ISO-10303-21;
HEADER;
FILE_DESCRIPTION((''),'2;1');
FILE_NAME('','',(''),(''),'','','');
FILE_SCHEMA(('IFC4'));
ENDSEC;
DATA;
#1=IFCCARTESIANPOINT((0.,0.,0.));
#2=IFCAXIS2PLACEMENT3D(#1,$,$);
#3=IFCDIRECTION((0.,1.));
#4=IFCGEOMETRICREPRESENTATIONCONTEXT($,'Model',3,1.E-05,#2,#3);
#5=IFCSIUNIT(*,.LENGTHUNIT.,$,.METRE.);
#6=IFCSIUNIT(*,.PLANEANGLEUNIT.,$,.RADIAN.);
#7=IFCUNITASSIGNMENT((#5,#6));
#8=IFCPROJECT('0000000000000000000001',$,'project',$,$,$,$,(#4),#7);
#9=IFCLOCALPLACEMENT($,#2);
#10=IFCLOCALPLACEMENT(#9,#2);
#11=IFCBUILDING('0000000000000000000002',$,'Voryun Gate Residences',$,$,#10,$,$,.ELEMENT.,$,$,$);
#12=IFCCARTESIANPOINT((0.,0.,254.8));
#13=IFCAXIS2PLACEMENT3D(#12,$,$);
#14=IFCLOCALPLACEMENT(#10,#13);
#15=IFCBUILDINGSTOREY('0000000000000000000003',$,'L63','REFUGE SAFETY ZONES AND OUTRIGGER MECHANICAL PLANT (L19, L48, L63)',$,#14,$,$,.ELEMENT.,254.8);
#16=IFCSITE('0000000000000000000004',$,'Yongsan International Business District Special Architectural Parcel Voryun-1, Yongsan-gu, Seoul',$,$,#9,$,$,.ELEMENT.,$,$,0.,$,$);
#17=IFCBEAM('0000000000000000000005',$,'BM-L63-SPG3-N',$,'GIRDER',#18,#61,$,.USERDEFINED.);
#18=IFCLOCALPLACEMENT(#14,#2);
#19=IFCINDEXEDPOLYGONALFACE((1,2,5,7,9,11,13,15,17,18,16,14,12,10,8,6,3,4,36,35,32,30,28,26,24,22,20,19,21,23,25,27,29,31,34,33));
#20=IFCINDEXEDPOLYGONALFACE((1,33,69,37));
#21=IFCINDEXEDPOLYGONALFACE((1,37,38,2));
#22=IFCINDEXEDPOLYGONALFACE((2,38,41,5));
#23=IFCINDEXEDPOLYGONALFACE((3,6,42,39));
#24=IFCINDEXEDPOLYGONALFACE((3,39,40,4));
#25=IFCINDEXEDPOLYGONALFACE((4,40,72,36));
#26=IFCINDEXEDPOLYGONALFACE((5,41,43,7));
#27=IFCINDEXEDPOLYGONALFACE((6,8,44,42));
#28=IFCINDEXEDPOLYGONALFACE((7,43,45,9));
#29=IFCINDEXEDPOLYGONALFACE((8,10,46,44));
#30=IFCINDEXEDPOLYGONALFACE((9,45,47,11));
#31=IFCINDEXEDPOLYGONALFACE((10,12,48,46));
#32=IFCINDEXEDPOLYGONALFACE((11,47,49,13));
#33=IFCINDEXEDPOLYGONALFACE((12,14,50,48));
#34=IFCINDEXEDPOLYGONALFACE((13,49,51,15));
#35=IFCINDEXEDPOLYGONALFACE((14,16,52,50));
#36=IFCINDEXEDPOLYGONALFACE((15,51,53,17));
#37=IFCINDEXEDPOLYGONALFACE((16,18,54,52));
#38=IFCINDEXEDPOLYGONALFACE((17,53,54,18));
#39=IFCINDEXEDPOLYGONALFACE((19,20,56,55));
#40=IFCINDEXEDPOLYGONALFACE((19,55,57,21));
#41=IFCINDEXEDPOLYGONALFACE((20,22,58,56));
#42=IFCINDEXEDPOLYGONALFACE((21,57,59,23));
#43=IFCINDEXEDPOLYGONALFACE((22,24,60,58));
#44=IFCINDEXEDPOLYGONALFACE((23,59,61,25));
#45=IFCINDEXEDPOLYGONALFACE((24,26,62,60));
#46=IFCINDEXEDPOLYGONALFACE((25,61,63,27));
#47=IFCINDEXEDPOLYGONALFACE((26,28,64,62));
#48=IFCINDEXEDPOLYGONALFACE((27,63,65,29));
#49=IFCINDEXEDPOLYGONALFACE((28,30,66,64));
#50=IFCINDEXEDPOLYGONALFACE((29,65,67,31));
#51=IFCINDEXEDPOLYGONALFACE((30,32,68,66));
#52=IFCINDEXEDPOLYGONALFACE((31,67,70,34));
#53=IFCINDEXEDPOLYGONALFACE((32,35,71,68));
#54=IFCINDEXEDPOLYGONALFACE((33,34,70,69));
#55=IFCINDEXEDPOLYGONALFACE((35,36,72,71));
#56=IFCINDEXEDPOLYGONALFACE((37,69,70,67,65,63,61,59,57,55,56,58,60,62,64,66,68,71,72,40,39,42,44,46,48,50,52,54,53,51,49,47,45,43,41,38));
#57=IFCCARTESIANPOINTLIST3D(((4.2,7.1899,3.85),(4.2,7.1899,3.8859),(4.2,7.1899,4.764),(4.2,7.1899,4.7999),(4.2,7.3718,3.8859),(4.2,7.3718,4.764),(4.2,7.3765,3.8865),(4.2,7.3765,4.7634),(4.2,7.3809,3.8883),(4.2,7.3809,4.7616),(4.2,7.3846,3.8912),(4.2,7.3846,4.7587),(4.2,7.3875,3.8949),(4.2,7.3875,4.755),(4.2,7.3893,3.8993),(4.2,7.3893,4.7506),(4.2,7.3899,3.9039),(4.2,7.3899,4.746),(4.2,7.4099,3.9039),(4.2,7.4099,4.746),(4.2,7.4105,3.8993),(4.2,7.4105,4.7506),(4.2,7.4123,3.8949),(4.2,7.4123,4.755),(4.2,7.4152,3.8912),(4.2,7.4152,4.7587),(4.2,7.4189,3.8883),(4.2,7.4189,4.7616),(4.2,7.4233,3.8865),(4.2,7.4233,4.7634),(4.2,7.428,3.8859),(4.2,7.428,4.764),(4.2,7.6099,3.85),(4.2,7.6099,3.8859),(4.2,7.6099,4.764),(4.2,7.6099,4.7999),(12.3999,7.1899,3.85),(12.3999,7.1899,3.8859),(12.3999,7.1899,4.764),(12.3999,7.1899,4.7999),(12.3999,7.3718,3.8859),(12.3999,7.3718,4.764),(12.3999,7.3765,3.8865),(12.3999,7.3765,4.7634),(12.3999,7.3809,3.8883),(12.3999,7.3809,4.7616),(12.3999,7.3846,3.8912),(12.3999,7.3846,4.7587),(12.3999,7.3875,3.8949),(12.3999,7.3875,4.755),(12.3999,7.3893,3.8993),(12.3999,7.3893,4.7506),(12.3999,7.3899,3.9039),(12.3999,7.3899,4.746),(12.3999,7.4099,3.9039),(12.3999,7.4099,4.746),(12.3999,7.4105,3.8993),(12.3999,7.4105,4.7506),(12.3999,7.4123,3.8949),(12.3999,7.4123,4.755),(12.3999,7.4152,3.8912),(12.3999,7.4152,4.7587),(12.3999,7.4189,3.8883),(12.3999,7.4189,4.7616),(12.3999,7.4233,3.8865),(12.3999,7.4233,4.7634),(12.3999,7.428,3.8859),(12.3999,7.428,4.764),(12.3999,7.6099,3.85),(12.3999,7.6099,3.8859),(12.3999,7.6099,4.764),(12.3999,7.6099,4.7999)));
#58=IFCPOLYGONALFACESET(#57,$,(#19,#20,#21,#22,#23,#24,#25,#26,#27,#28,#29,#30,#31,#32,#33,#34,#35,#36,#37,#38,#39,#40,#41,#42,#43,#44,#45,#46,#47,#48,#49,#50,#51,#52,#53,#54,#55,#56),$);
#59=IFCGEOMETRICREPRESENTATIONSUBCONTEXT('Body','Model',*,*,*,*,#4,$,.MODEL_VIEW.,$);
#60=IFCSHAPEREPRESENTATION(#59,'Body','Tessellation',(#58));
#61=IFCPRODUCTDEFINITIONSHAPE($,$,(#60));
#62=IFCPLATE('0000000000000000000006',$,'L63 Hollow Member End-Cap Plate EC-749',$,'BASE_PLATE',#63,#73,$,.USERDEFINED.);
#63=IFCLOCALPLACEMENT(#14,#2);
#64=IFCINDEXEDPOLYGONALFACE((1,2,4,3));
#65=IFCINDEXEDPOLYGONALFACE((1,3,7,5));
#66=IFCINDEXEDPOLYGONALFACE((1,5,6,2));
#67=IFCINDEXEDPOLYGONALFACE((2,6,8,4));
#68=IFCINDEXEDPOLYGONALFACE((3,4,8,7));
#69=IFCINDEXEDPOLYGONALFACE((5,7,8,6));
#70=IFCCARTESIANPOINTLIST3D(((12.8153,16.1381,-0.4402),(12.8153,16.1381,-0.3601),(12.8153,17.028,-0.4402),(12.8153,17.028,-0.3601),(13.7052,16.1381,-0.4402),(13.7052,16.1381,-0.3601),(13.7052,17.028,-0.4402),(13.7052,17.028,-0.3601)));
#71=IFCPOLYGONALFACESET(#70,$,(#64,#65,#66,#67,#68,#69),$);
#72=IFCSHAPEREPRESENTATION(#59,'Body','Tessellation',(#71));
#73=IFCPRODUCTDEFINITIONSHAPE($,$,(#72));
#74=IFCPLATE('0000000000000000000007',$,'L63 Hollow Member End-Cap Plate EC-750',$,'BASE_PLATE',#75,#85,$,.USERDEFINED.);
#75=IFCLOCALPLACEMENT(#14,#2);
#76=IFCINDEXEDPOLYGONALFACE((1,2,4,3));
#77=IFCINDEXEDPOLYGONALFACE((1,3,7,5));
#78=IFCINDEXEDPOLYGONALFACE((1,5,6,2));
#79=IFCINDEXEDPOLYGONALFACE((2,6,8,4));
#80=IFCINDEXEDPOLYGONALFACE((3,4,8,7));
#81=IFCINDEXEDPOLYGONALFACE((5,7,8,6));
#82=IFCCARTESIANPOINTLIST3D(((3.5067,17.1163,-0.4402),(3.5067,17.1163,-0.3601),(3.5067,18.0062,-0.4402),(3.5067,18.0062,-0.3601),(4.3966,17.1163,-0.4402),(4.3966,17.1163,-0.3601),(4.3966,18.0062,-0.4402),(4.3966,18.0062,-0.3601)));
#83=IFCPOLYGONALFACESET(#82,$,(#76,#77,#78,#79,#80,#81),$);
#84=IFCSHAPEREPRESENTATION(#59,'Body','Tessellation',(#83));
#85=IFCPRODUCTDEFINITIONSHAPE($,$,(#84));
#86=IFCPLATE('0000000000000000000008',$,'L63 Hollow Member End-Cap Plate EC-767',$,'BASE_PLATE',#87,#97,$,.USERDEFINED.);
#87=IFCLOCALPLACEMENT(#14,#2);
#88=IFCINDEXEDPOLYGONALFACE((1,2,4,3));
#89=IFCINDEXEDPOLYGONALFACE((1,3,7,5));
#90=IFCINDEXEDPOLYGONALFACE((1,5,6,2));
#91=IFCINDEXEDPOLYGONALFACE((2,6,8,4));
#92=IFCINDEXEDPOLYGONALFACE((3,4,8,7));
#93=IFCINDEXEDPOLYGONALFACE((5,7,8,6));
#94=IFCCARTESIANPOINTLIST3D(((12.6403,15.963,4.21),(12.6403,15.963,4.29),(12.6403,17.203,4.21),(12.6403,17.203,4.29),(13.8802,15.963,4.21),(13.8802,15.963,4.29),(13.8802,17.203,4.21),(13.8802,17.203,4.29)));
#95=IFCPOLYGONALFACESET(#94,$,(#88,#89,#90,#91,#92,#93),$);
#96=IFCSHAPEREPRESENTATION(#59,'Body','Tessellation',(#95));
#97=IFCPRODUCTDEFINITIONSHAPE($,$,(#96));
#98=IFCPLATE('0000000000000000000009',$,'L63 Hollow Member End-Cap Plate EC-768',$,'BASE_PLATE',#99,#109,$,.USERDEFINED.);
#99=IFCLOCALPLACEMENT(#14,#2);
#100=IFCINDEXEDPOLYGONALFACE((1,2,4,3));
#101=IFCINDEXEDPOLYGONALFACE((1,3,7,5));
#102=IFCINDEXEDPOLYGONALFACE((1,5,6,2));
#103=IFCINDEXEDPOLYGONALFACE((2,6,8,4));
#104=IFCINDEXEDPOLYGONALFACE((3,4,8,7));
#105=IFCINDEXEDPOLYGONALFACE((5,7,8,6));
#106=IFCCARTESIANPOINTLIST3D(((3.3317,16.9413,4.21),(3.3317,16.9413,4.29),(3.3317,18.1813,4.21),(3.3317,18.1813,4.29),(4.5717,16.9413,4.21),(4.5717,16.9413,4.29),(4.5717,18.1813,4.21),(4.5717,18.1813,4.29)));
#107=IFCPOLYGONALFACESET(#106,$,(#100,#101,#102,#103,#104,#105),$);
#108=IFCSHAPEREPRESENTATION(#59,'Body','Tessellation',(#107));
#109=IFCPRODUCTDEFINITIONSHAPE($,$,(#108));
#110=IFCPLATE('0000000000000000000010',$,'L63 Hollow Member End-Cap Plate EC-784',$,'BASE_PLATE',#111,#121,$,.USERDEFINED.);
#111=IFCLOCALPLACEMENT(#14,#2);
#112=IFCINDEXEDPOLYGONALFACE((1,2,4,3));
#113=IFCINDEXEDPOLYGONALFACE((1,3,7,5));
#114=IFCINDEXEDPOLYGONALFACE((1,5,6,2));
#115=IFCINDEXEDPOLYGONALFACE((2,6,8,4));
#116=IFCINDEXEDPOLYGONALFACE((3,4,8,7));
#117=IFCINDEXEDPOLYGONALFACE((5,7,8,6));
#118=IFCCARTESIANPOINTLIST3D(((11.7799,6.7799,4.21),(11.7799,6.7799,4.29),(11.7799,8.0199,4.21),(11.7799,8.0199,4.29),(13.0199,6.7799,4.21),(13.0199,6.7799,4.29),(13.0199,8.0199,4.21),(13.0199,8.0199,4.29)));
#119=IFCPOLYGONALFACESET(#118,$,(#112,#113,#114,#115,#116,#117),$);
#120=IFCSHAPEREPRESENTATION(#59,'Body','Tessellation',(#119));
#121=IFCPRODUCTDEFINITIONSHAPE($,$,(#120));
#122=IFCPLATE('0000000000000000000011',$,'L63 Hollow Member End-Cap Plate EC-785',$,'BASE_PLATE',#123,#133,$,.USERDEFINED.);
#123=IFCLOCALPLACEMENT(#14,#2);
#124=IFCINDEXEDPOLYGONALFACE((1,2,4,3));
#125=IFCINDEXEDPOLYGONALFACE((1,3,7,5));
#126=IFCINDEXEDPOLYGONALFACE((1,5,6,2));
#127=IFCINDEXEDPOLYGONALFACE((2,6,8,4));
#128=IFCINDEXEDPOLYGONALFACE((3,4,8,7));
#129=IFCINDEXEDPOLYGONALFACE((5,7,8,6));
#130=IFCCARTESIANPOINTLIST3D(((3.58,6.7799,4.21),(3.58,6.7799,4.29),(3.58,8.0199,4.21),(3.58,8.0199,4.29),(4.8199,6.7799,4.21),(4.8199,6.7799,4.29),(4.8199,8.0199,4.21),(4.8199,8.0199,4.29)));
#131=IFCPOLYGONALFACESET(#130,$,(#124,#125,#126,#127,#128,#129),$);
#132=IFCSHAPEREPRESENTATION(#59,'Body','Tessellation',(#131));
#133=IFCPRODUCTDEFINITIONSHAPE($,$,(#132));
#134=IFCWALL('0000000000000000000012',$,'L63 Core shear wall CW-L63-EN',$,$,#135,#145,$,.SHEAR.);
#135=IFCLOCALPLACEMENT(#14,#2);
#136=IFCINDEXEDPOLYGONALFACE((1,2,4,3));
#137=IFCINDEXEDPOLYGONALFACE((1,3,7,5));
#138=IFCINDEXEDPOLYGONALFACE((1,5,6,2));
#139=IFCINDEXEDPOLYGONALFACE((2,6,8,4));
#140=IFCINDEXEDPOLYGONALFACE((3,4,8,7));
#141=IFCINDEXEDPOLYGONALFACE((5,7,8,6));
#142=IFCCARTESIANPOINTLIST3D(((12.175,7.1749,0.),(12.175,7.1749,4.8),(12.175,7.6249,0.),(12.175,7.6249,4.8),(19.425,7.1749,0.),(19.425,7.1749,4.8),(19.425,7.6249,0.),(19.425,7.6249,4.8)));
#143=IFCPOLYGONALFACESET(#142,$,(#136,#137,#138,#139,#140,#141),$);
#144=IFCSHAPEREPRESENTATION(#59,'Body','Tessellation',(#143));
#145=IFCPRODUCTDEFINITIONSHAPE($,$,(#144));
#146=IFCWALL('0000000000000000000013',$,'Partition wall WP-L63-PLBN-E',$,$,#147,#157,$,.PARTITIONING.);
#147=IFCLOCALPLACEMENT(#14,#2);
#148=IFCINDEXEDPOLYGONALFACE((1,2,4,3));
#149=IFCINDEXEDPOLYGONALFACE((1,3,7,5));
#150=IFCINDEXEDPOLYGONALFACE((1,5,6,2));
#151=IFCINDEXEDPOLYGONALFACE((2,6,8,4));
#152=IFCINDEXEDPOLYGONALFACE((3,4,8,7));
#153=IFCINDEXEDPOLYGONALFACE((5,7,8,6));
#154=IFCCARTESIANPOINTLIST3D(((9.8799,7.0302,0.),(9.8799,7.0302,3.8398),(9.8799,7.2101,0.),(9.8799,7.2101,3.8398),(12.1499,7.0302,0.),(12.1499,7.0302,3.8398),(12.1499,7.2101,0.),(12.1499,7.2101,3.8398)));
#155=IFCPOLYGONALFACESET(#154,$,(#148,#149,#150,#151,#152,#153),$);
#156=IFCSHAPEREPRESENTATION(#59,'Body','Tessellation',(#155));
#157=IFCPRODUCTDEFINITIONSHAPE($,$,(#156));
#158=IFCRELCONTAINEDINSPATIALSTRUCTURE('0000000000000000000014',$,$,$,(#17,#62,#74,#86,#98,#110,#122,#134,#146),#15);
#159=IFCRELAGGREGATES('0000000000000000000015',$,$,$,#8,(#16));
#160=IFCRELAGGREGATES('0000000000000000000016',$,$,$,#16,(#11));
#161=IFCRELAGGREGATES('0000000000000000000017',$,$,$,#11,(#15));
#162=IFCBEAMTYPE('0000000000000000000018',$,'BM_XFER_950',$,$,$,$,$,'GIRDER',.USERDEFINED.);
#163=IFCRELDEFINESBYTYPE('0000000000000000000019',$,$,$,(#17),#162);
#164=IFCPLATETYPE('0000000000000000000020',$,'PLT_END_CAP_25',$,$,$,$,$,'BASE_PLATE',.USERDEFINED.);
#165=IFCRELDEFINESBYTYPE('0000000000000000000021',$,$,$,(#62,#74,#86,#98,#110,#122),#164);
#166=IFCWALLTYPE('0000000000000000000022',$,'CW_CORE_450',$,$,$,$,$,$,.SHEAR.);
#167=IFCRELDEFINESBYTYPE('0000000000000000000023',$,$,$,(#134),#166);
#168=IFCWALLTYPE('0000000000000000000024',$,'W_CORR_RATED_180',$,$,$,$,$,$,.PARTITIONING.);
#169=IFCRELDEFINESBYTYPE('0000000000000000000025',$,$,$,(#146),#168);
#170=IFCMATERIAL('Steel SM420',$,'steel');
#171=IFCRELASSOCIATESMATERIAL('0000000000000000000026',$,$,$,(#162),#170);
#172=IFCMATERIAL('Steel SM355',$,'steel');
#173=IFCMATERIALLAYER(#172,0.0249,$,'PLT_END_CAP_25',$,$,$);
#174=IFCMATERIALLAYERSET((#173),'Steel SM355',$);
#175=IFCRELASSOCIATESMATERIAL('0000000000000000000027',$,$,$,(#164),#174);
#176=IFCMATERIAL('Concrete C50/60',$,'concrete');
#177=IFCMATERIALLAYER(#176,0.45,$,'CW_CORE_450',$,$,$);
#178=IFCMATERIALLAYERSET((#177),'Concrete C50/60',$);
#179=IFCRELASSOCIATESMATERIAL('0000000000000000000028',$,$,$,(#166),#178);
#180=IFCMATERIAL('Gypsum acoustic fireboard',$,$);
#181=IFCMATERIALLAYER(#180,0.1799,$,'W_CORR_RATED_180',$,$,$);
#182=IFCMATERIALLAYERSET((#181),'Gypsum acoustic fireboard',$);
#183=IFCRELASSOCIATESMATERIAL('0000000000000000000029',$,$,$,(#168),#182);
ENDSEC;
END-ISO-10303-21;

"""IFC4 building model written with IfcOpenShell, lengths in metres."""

from ifc_helpers import new_model, si_unit, direction, frame, frame_2d, origin, origin_2d, place, context, subcontext, project, spatial, rectangle, i_section, extrude, material, layer, layer_set, material_profile, profile_set, type_object, element, save


model = new_model("IFC4")

# Units and contexts
model_context = context("Model", 3, precision=1e-05, world=origin(), true_north=direction((0.0, 1.0)))
body_context = subcontext(model_context, "Body", "Model", "MODEL_VIEW")
ifc_project = project(units=[si_unit("LENGTHUNIT", "METRE"), si_unit("PLANEANGLEUNIT", "RADIAN")], contexts=[model_context])

# Site, building, storey
site_placement = place(None, origin())
site = spatial("IfcSite", under=ifc_project, at=site_placement, Name="Yongsan International Business District Special Architectural Parcel Voryun-1, Yongsan-gu, Seoul", CompositionType="ELEMENT", RefElevation=0.0)
building_placement = place(site_placement, origin())
building = spatial("IfcBuilding", under=site, at=building_placement, Name="Voryun Gate Residences", CompositionType="ELEMENT")
storey_placement = place(building_placement, frame((0.0, 0.0, 254.8)))
storey = spatial("IfcBuildingStorey", under=building, at=storey_placement, Name="L63", Description="REFUGE SAFETY ZONES AND OUTRIGGER MECHANICAL PLANT (L19, L48, L63)", CompositionType="ELEMENT", Elevation=254.8)

# Beam
ifc_material_1 = material(Name="Steel SM420", Category="steel")
ifc_material_profile_1 = material_profile(ifc_material_1, i_section(OverallWidth=0.4199, OverallDepth=0.95, WebThickness=0.02, FlangeThickness=0.0359, FilletRadius=0.0181, at=origin_2d()), Name="H-950x420x20x36")
ifc_profile_set_1 = profile_set([ifc_material_profile_1], Name="Steel SM420")
beam_type_1 = type_object("IfcBeamType", Name="BM_XFER_950", ElementType="GIRDER", PredefinedType="USERDEFINED", material=ifc_profile_set_1)
beam_1_placement = place(storey_placement, frame((4.2, 7.3999, 4.325), z_axis=(1.0, 0.0, 0.0), x_axis=(0.0, 1.0, 0.0)))
element("IfcBeam", 1, at=beam_1_placement, inside=storey, type_object=beam_type_1, Name="BM-L63-SPG3-N", ObjectType="GIRDER", PredefinedType="USERDEFINED", context=body_context, shape_type="SweptSolid", body=[
    extrude(i_section(OverallWidth=0.4199, OverallDepth=0.95, WebThickness=0.02, FlangeThickness=0.0359, FilletRadius=0.0181, at=origin_2d()), origin(), (0.0, 0.0, 1.0), 8.2),
])

# Plates
ifc_material_2 = material(Name="Steel SM355", Category="steel")
ifc_layer_1 = layer(ifc_material_2, 0.0249, Name="PLT_END_CAP_25")
ifc_layer_set_1 = layer_set([ifc_layer_1], Name="Steel SM355")
plate_type = type_object("IfcPlateType", Name="PLT_END_CAP_25", ElementType="BASE_PLATE", PredefinedType="USERDEFINED", material=ifc_layer_set_1)
for number, where, z_axis, x_axis, name in (
    (2, (13.2603, 16.583, -0.4402), (0.0, 0.0, 1.0), (1.0, 0.0, 0.0), "L63 Hollow Member End-Cap Plate EC-749"),
    (3, (3.9517, 17.5613, -0.4402), (0.0, 0.0, 1.0), (1.0, 0.0, 0.0), "L63 Hollow Member End-Cap Plate EC-750"),
):
    element("IfcPlate", number, at=place(storey_placement, frame(where, z_axis=z_axis, x_axis=x_axis)), inside=storey, type_object=plate_type, Name=name, ObjectType="BASE_PLATE", PredefinedType="USERDEFINED", context=body_context, shape_type="SweptSolid", body=[
        extrude(rectangle(XDim=0.8899, YDim=0.8899, at=origin_2d()), origin(), (0.0, 0.0, 1.0), 0.0801),
    ])
for number, where, z_axis, x_axis, name in (
    (4, (13.2603, 16.583, 4.21), (0.0, 0.0, 1.0), (1.0, 0.0, 0.0), "L63 Hollow Member End-Cap Plate EC-767"),
    (5, (3.9517, 17.5613, 4.21), (0.0, 0.0, 1.0), (1.0, 0.0, 0.0), "L63 Hollow Member End-Cap Plate EC-768"),
    (6, (12.3999, 7.3999, 4.21), (0.0, 0.0, 1.0), (1.0, 0.0, 0.0), "L63 Hollow Member End-Cap Plate EC-784"),
    (7, (4.2, 7.3999, 4.21), (0.0, 0.0, 1.0), (1.0, 0.0, 0.0), "L63 Hollow Member End-Cap Plate EC-785"),
):
    element("IfcPlate", number, at=place(storey_placement, frame(where, z_axis=z_axis, x_axis=x_axis)), inside=storey, type_object=plate_type, Name=name, ObjectType="BASE_PLATE", PredefinedType="USERDEFINED", context=body_context, shape_type="SweptSolid", body=[
        extrude(rectangle(XDim=1.24, YDim=1.24, at=origin_2d()), origin(), (0.0, 0.0, 1.0), 0.0801),
    ])

# Walls
ifc_material_3 = material(Name="Concrete C50/60", Category="concrete")
ifc_layer_2 = layer(ifc_material_3, 0.45, Name="CW_CORE_450")
ifc_layer_set_2 = layer_set([ifc_layer_2], Name="Concrete C50/60")
wall_type_1 = type_object("IfcWallType", Name="CW_CORE_450", PredefinedType="SHEAR", material=ifc_layer_set_2)
wall_1_placement = place(storey_placement, frame((12.175, 7.3999, 0.0), z_axis=(0.0, 0.0, 1.0), x_axis=(1.0, 0.0, 0.0)))
element("IfcWall", 8, at=wall_1_placement, inside=storey, type_object=wall_type_1, Name="L63 Core shear wall CW-L63-EN", PredefinedType="SHEAR", context=body_context, shape_type="SweptSolid", body=[
    extrude(rectangle(XDim=7.25, YDim=0.45, at=frame_2d((3.625, 0.0))), origin(), (0.0, 0.0, 1.0), 4.8),
])
ifc_material_4 = material(Name="Gypsum acoustic fireboard")
ifc_layer_3 = layer(ifc_material_4, 0.1799, Name="W_CORR_RATED_180")
ifc_layer_set_3 = layer_set([ifc_layer_3], Name="Gypsum acoustic fireboard")
wall_type_2 = type_object("IfcWallType", Name="W_CORR_RATED_180", PredefinedType="PARTITIONING", material=ifc_layer_set_3)
wall_2_placement = place(storey_placement, frame((9.8799, 7.1201, 0.0), z_axis=(0.0, 0.0, 1.0), x_axis=(1.0, 0.0, 0.0)))
element("IfcWall", 9, at=wall_2_placement, inside=storey, type_object=wall_type_2, Name="Partition wall WP-L63-PLBN-E", PredefinedType="PARTITIONING", context=body_context, shape_type="SweptSolid", body=[
    extrude(rectangle(XDim=2.27, YDim=0.1799, at=frame_2d((1.135, 0.0))), origin(), (0.0, 0.0, 1.0), 3.8398),
])

save(model, "model.ifc")
